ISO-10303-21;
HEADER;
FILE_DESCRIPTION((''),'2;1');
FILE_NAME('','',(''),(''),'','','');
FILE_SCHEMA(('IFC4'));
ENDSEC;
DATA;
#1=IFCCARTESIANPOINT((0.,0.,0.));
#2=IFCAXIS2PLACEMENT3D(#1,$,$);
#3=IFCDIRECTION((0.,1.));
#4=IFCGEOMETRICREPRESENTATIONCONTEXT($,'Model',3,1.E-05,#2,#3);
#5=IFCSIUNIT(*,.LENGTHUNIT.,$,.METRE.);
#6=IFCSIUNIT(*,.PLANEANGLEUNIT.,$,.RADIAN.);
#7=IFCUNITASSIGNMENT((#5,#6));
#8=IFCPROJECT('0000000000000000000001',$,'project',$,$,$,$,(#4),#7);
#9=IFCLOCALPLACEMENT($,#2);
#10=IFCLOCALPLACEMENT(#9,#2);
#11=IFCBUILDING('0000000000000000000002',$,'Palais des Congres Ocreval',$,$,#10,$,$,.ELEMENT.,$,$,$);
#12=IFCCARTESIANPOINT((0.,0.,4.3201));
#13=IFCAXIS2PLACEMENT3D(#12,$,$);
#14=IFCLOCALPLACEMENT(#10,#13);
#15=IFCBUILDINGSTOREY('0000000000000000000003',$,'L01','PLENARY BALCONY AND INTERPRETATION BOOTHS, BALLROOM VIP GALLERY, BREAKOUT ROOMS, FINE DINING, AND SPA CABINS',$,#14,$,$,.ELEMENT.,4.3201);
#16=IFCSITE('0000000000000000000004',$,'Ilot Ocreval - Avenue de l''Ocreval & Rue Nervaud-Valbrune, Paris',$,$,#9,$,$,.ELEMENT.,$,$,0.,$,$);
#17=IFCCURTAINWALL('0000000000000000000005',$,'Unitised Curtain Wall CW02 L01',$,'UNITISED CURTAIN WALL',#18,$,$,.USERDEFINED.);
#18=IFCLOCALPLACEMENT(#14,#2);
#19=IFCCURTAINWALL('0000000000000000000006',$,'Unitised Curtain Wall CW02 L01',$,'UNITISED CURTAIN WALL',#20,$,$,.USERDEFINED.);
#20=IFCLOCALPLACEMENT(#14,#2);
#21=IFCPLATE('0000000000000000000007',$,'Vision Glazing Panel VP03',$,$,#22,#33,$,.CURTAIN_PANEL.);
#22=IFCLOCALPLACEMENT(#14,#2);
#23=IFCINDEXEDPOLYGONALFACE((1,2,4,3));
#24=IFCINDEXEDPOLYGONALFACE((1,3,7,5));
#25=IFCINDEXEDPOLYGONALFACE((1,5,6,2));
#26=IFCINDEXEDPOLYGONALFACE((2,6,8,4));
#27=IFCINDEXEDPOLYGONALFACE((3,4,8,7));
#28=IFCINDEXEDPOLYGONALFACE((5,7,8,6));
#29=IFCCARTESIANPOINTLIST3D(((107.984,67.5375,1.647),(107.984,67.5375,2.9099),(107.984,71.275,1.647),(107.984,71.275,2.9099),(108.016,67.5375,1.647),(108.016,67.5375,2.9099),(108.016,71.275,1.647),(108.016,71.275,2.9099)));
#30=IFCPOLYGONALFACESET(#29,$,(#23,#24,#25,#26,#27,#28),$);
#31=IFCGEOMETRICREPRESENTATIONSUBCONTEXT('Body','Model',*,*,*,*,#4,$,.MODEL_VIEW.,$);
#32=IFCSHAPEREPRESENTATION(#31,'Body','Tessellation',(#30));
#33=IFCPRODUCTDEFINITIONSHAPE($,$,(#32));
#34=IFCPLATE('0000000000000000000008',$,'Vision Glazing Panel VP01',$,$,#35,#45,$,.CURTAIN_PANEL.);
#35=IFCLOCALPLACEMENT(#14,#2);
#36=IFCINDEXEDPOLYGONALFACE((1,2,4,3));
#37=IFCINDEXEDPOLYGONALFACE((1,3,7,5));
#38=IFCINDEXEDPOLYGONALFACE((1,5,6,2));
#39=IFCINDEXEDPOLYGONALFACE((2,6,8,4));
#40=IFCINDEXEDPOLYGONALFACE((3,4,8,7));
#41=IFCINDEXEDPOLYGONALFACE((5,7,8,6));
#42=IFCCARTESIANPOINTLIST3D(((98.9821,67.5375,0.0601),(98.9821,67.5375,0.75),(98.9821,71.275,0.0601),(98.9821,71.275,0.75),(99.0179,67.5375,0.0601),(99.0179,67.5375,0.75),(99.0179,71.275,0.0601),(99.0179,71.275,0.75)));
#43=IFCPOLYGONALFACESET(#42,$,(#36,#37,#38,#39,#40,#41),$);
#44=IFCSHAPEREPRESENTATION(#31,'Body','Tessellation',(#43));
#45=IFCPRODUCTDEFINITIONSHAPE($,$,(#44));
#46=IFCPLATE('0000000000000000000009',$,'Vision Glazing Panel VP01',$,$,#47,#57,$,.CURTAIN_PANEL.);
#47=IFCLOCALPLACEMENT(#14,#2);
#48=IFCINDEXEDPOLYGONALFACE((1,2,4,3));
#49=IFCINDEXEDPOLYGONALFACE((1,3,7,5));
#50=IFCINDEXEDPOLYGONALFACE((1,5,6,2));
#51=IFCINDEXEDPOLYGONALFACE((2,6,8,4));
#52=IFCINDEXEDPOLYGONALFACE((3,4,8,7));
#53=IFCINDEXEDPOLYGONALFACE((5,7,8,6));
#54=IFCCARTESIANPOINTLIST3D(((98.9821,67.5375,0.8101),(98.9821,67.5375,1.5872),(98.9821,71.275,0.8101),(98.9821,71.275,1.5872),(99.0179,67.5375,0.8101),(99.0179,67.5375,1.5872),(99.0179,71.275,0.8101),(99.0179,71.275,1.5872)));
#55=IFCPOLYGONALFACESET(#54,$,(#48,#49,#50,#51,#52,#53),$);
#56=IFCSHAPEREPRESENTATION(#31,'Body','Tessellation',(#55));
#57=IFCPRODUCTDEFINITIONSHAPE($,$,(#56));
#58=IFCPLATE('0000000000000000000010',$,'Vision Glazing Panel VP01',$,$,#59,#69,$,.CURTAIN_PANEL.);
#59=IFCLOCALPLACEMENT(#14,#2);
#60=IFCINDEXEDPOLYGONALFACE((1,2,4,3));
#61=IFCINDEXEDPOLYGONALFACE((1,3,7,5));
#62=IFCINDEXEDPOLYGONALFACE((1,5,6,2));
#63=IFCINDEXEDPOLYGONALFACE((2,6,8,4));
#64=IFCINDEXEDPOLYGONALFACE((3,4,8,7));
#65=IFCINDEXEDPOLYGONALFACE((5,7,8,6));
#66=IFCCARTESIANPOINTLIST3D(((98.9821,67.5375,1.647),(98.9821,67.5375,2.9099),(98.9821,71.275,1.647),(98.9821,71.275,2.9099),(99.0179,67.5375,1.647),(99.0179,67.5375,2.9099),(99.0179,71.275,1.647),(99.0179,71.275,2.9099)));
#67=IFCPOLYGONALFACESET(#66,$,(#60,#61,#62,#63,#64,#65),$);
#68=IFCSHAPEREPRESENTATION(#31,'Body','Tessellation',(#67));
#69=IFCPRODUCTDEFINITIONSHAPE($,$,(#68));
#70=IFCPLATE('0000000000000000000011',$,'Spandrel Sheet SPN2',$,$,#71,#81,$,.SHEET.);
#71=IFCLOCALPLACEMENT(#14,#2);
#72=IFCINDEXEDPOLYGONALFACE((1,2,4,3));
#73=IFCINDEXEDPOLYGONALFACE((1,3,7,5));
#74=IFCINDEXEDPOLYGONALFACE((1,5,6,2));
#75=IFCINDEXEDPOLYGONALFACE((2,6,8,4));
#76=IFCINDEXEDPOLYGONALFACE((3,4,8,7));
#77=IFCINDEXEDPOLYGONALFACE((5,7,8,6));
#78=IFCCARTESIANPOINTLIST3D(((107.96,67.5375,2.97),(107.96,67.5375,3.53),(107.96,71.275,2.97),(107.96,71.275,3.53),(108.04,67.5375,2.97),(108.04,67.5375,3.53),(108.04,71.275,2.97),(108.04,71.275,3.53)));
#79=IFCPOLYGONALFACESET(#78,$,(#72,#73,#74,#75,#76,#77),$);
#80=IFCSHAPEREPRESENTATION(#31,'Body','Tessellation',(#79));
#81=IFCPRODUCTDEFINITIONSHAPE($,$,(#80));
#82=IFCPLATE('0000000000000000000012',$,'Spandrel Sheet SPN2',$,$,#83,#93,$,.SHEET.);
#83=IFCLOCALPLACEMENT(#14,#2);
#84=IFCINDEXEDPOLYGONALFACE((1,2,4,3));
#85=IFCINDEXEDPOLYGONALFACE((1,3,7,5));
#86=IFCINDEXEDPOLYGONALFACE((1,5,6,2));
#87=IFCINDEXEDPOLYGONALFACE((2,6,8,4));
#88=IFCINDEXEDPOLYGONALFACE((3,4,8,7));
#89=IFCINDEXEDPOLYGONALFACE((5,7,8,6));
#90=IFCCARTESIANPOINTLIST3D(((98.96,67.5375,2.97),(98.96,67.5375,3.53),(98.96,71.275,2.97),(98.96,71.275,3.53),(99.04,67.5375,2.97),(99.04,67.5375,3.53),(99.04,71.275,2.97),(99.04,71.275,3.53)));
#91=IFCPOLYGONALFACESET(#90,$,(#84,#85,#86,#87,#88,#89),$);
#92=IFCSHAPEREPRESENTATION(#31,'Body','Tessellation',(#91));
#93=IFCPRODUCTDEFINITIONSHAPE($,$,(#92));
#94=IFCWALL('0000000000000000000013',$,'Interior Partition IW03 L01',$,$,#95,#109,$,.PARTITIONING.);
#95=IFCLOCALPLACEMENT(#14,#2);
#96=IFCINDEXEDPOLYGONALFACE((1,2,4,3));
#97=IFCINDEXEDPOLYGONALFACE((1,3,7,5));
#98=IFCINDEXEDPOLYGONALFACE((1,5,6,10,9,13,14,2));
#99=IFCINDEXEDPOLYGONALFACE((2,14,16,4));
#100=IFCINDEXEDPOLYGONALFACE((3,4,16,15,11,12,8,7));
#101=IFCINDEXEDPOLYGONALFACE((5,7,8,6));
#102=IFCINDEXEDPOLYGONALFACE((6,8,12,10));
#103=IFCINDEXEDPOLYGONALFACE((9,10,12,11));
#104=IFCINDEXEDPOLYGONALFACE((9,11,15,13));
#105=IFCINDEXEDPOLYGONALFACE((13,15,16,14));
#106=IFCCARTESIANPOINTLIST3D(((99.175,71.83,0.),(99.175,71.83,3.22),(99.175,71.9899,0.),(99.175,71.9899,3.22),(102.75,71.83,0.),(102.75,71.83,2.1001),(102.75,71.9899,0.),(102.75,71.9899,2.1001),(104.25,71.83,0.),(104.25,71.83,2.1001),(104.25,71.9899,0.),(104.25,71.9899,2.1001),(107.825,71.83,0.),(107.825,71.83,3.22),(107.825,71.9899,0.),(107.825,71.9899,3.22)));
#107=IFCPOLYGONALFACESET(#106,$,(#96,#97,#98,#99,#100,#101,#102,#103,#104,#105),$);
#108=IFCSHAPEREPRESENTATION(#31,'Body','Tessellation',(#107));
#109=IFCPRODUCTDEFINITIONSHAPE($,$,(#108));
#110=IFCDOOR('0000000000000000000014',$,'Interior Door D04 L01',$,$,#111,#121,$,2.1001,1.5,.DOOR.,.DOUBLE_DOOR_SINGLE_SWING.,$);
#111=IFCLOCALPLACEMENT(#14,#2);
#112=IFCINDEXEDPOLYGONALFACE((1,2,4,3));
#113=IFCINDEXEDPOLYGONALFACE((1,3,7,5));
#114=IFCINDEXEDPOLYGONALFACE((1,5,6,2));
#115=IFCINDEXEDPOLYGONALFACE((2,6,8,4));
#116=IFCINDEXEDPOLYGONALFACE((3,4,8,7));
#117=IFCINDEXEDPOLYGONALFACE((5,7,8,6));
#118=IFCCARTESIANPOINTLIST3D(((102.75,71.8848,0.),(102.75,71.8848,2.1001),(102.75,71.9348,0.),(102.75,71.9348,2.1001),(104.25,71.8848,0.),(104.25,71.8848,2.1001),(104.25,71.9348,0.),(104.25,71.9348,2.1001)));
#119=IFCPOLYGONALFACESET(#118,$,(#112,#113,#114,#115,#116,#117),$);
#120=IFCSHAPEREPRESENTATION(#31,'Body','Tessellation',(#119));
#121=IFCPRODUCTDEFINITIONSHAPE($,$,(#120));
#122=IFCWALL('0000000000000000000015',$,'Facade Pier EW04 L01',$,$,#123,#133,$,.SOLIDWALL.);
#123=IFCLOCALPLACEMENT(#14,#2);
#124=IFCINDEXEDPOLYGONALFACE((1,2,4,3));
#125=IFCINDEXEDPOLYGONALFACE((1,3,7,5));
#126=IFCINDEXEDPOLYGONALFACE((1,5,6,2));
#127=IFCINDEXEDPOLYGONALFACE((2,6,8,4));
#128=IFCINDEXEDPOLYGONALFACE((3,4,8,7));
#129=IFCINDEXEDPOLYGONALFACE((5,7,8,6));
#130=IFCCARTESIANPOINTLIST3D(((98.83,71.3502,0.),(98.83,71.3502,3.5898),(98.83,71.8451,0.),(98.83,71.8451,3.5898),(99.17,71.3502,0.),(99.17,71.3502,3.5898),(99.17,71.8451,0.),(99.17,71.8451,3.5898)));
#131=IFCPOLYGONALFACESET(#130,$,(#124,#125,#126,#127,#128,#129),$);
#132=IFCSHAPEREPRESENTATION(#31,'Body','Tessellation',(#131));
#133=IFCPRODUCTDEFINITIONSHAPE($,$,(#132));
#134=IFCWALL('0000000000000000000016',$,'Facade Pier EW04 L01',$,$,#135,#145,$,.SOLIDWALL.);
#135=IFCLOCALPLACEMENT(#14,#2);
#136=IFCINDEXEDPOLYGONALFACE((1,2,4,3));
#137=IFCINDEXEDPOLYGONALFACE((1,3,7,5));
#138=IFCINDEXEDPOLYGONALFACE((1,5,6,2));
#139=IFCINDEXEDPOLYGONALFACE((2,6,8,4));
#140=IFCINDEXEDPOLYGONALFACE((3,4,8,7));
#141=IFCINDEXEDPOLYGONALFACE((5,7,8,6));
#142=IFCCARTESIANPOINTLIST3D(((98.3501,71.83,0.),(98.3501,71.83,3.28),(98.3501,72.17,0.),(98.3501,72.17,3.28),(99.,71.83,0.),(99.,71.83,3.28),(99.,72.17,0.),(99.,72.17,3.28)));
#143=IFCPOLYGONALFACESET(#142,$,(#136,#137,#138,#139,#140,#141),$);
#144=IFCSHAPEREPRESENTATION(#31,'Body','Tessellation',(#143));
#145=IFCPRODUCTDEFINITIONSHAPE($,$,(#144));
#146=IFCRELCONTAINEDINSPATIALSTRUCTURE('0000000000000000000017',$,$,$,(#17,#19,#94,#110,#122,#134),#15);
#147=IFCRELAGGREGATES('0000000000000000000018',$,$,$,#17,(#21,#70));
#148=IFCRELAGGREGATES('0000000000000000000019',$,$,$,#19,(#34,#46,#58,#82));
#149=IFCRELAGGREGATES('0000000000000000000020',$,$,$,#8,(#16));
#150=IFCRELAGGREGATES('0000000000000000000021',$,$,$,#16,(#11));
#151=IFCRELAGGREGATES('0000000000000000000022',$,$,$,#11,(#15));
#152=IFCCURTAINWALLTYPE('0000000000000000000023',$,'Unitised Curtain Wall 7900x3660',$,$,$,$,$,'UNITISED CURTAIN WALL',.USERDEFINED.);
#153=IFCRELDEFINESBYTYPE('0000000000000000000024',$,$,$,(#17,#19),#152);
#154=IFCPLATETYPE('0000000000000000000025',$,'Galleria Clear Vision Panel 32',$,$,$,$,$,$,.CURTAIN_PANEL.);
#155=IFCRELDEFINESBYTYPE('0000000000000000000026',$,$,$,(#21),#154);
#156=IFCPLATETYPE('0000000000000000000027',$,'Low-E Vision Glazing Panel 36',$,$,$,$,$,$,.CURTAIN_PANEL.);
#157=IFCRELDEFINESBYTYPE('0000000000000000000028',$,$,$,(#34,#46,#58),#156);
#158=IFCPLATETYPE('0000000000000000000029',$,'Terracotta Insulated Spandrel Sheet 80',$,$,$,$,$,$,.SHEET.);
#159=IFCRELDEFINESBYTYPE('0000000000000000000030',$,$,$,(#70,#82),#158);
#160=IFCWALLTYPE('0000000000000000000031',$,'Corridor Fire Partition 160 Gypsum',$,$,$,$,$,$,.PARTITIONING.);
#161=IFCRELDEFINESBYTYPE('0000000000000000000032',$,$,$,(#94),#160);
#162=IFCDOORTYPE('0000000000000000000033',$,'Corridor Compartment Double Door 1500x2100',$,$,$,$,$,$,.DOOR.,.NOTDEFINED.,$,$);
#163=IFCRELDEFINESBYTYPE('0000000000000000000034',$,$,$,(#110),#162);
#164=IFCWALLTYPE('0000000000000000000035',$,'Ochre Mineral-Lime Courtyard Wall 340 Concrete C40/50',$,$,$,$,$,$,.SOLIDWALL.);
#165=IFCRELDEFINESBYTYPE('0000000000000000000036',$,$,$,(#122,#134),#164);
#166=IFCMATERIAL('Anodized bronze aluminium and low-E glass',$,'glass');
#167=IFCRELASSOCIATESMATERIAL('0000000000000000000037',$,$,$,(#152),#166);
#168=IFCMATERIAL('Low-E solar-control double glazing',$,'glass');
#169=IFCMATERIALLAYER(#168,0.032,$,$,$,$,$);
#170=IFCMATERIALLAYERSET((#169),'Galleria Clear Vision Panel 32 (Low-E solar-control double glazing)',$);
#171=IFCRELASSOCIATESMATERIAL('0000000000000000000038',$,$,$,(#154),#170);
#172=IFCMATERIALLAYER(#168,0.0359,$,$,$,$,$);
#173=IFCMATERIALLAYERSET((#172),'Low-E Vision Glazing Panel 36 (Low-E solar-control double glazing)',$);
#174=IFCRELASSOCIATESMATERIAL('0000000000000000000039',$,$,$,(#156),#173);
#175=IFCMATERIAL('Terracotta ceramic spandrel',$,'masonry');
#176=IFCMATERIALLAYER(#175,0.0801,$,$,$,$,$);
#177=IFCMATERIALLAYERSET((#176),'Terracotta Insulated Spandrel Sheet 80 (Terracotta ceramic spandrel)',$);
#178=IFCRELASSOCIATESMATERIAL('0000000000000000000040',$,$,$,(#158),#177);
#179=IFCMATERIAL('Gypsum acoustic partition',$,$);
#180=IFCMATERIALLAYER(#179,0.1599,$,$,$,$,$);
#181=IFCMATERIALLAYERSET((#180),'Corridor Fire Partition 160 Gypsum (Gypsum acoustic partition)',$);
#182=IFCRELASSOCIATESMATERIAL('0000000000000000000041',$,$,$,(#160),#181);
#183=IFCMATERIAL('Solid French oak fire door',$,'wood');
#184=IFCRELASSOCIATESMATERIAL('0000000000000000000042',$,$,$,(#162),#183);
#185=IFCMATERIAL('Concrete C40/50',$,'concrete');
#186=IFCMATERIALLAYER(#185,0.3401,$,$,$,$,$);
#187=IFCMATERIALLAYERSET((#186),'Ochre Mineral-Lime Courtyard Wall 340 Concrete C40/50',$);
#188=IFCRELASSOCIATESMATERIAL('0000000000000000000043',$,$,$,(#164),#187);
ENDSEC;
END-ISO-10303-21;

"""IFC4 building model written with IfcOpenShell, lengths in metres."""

from ifc_helpers import new_model, si_unit, direction, frame, frame_2d, origin, origin_2d, place, context, subcontext, project, spatial, rectangle, extrude, material, layer, layer_set, type_object, element, fill, aggregate, save


model = new_model("IFC4")

# Units and contexts
model_context = context("Model", 3, precision=1e-05, world=origin(), true_north=direction((0.0, 1.0)))
body_context = subcontext(model_context, "Body", "Model", "MODEL_VIEW")
ifc_project = project(units=[si_unit("LENGTHUNIT", "METRE"), si_unit("PLANEANGLEUNIT", "RADIAN")], contexts=[model_context])

# Site, building, storey
site_placement = place(None, origin())
site = spatial("IfcSite", under=ifc_project, at=site_placement, Name="Ilot Ocreval - Avenue de l'Ocreval & Rue Nervaud-Valbrune, Paris", CompositionType="ELEMENT", RefElevation=0.0)
building_placement = place(site_placement, origin())
building = spatial("IfcBuilding", under=site, at=building_placement, Name="Palais des Congres Ocreval", CompositionType="ELEMENT")
storey_placement = place(building_placement, frame((0.0, 0.0, 4.3201)))
storey = spatial("IfcBuildingStorey", under=building, at=storey_placement, Name="L01", Description="PLENARY BALCONY AND INTERPRETATION BOOTHS, BALLROOM VIP GALLERY, BREAKOUT ROOMS, FINE DINING, AND SPA CABINS", CompositionType="ELEMENT", Elevation=4.3201)

# Curtain wall
ifc_material_1 = material(Name="Anodized bronze aluminium and low-E glass", Category="glass")
curtain_wall_type = type_object("IfcCurtainWallType", Name="Unitised Curtain Wall 7900x3660", ElementType="UNITISED CURTAIN WALL", PredefinedType="USERDEFINED", material=ifc_material_1)
curtain_wall_1_placement = place(storey_placement, origin())
curtain_wall_1 = element("IfcCurtainWall", 1, at=curtain_wall_1_placement, inside=storey, type_object=curtain_wall_type, Name="Unitised Curtain Wall CW02 L01", ObjectType="UNITISED CURTAIN WALL", PredefinedType="USERDEFINED")

# Curtain wall
curtain_wall_2_placement = place(storey_placement, origin())
curtain_wall_2 = element("IfcCurtainWall", 2, at=curtain_wall_2_placement, inside=storey, type_object=curtain_wall_type, Name="Unitised Curtain Wall CW02 L01", ObjectType="UNITISED CURTAIN WALL", PredefinedType="USERDEFINED")

# Plates
ifc_material_2 = material(Name="Low-E solar-control double glazing", Category="glass")
ifc_layer_1 = layer(ifc_material_2, 0.032)
ifc_layer_set_1 = layer_set([ifc_layer_1], Name="Galleria Clear Vision Panel 32 (Low-E solar-control double glazing)")
plate_type_1 = type_object("IfcPlateType", Name="Galleria Clear Vision Panel 32", PredefinedType="CURTAIN_PANEL", material=ifc_layer_set_1)
plate_1_placement = place(storey_placement, frame((108.0, 69.4062, 1.647), z_axis=(0.0, 0.0, 1.0), x_axis=(0.0, -1.0, 0.0)))
plate_1 = element("IfcPlate", 3, at=plate_1_placement, type_object=plate_type_1, Name="Vision Glazing Panel VP03", PredefinedType="CURTAIN_PANEL", context=body_context, shape_type="SweptSolid", body=[
    extrude(rectangle(XDim=3.7375, YDim=0.032, at=origin_2d()), origin(), (0.0, 0.0, 1.0), 1.2629),
])
ifc_layer_2 = layer(ifc_material_2, 0.0359)
ifc_layer_set_2 = layer_set([ifc_layer_2], Name="Low-E Vision Glazing Panel 36 (Low-E solar-control double glazing)")
plate_type_2 = type_object("IfcPlateType", Name="Low-E Vision Glazing Panel 36", PredefinedType="CURTAIN_PANEL", material=ifc_layer_set_2)
plate_2_placement = place(storey_placement, frame((99.0, 69.4062, 0.0601), z_axis=(0.0, 0.0, 1.0), x_axis=(0.0, 1.0, 0.0)))
plate_2 = element("IfcPlate", 4, at=plate_2_placement, type_object=plate_type_2, Name="Vision Glazing Panel VP01", PredefinedType="CURTAIN_PANEL", context=body_context, shape_type="SweptSolid", body=[
    extrude(rectangle(XDim=3.7375, YDim=0.0359, at=origin_2d()), origin(), (0.0, 0.0, 1.0), 0.6899),
])
plate_3_placement = place(storey_placement, frame((99.0, 69.4062, 0.8101), z_axis=(0.0, 0.0, 1.0), x_axis=(0.0, 1.0, 0.0)))
plate_3 = element("IfcPlate", 5, at=plate_3_placement, type_object=plate_type_2, Name="Vision Glazing Panel VP01", PredefinedType="CURTAIN_PANEL", context=body_context, shape_type="SweptSolid", body=[
    extrude(rectangle(XDim=3.7375, YDim=0.0359, at=origin_2d()), origin(), (0.0, 0.0, 1.0), 0.7771),
])
plate_4_placement = place(storey_placement, frame((99.0, 69.4062, 1.647), z_axis=(0.0, 0.0, 1.0), x_axis=(0.0, 1.0, 0.0)))
plate_4 = element("IfcPlate", 6, at=plate_4_placement, type_object=plate_type_2, Name="Vision Glazing Panel VP01", PredefinedType="CURTAIN_PANEL", context=body_context, shape_type="SweptSolid", body=[
    extrude(rectangle(XDim=3.7375, YDim=0.0359, at=origin_2d()), origin(), (0.0, 0.0, 1.0), 1.2629),
])
ifc_material_3 = material(Name="Terracotta ceramic spandrel", Category="masonry")
ifc_layer_3 = layer(ifc_material_3, 0.0801)
ifc_layer_set_3 = layer_set([ifc_layer_3], Name="Terracotta Insulated Spandrel Sheet 80 (Terracotta ceramic spandrel)")
plate_type_3 = type_object("IfcPlateType", Name="Terracotta Insulated Spandrel Sheet 80", PredefinedType="SHEET", material=ifc_layer_set_3)
plate_5_placement = place(storey_placement, frame((108.0, 69.4062, 2.97), z_axis=(0.0, 0.0, 1.0), x_axis=(0.0, -1.0, 0.0)))
plate_5 = element("IfcPlate", 7, at=plate_5_placement, type_object=plate_type_3, Name="Spandrel Sheet SPN2", PredefinedType="SHEET", context=body_context, shape_type="SweptSolid", body=[
    extrude(rectangle(XDim=3.7375, YDim=0.0801, at=origin_2d()), origin(), (0.0, 0.0, 1.0), 0.5601),
])
aggregate(curtain_wall_1, [plate_1, plate_5])
plate_6_placement = place(storey_placement, frame((99.0, 69.4062, 2.97), z_axis=(0.0, 0.0, 1.0), x_axis=(0.0, 1.0, 0.0)))
plate_6 = element("IfcPlate", 8, at=plate_6_placement, type_object=plate_type_3, Name="Spandrel Sheet SPN2", PredefinedType="SHEET", context=body_context, shape_type="SweptSolid", body=[
    extrude(rectangle(XDim=3.7375, YDim=0.0801, at=origin_2d()), origin(), (0.0, 0.0, 1.0), 0.5601),
])
aggregate(curtain_wall_2, [plate_2, plate_3, plate_4, plate_6])

# Wall, opening, door
ifc_material_4 = material(Name="Gypsum acoustic partition")
ifc_layer_4 = layer(ifc_material_4, 0.1599)
ifc_layer_set_4 = layer_set([ifc_layer_4], Name="Corridor Fire Partition 160 Gypsum (Gypsum acoustic partition)")
wall_type_1 = type_object("IfcWallType", Name="Corridor Fire Partition 160 Gypsum", PredefinedType="PARTITIONING", material=ifc_layer_set_4)
wall_1_placement = place(storey_placement, frame((99.175, 71.9099, 0.0), z_axis=(0.0, 0.0, 1.0), x_axis=(1.0, 0.0, 0.0)))
wall_1 = element("IfcWall", 9, at=wall_1_placement, inside=storey, type_object=wall_type_1, Name="Interior Partition IW03 L01", PredefinedType="PARTITIONING", context=body_context, shape_type="SweptSolid", body=[
    extrude(rectangle(XDim=8.6499, YDim=0.1599, at=frame_2d((4.325, 0.0))), origin(), (0.0, 0.0, 1.0), 3.22),
])
opening_placement = place(wall_1_placement, frame((3.575, 0.0, 0.0)))
opening = element("IfcOpeningElement", 10, at=opening_placement, cuts=wall_1, PredefinedType="OPENING", context=body_context, shape_type="SweptSolid", body=[
    extrude(rectangle(XDim=1.5, YDim=2.1001, at=frame_2d((0.75, 1.05))), frame((0.0, 0.0898, 0.0), z_axis=(0.0, -1.0, 0.0), x_axis=(1.0, 0.0, 0.0)), (0.0, 0.0, 1.0), 0.1799),
])
ifc_material_5 = material(Name="Solid French oak fire door", Category="wood")
door_type = type_object("IfcDoorType", Name="Corridor Compartment Double Door 1500x2100", OperationType="NOTDEFINED", PredefinedType="DOOR", material=ifc_material_5)
door_placement = place(opening_placement, origin())
door = element("IfcDoor", 11, at=door_placement, inside=storey, type_object=door_type, Name="Interior Door D04 L01", OperationType="DOUBLE_DOOR_SINGLE_SWING", OverallHeight=2.1001, OverallWidth=1.5, PredefinedType="DOOR", context=body_context, shape_type="SweptSolid", body=[
    extrude(rectangle(XDim=1.5, YDim=2.1001, at=frame_2d((0.75, 1.05))), frame((0.0, 0.0249, 0.0), z_axis=(0.0, -1.0, 0.0), x_axis=(1.0, 0.0, 0.0)), (0.0, 0.0, 1.0), 0.05),
])
fill(opening, door)

# Walls
ifc_material_6 = material(Name="Concrete C40/50", Category="concrete")
ifc_layer_5 = layer(ifc_material_6, 0.3401)
ifc_layer_set_5 = layer_set([ifc_layer_5], Name="Ochre Mineral-Lime Courtyard Wall 340 Concrete C40/50")
wall_type_2 = type_object("IfcWallType", Name="Ochre Mineral-Lime Courtyard Wall 340 Concrete C40/50", PredefinedType="SOLIDWALL", material=ifc_layer_set_5)
wall_2_placement = place(storey_placement, frame((99.0, 71.3501, 0.0), z_axis=(0.0, 0.0, 1.0), x_axis=(0.0, 1.0, 0.0)))
element("IfcWall", 12, at=wall_2_placement, inside=storey, type_object=wall_type_2, Name="Facade Pier EW04 L01", PredefinedType="SOLIDWALL", context=body_context, shape_type="SweptSolid", body=[
    extrude(rectangle(XDim=0.4949, YDim=0.3401, at=frame_2d((0.2476, 0.0))), origin(), (0.0, 0.0, 1.0), 3.5898),
])
wall_3_placement = place(storey_placement, frame((99.0, 72.0, 0.0), z_axis=(0.0, 0.0, 1.0), x_axis=(-1.0, 0.0, 0.0)))
element("IfcWall", 13, at=wall_3_placement, inside=storey, type_object=wall_type_2, Name="Facade Pier EW04 L01", PredefinedType="SOLIDWALL", context=body_context, shape_type="SweptSolid", body=[
    extrude(rectangle(XDim=0.6499, YDim=0.3401, at=frame_2d((0.325, 0.0))), origin(), (0.0, 0.0, 1.0), 3.28),
])

save(model, "model.ifc")
